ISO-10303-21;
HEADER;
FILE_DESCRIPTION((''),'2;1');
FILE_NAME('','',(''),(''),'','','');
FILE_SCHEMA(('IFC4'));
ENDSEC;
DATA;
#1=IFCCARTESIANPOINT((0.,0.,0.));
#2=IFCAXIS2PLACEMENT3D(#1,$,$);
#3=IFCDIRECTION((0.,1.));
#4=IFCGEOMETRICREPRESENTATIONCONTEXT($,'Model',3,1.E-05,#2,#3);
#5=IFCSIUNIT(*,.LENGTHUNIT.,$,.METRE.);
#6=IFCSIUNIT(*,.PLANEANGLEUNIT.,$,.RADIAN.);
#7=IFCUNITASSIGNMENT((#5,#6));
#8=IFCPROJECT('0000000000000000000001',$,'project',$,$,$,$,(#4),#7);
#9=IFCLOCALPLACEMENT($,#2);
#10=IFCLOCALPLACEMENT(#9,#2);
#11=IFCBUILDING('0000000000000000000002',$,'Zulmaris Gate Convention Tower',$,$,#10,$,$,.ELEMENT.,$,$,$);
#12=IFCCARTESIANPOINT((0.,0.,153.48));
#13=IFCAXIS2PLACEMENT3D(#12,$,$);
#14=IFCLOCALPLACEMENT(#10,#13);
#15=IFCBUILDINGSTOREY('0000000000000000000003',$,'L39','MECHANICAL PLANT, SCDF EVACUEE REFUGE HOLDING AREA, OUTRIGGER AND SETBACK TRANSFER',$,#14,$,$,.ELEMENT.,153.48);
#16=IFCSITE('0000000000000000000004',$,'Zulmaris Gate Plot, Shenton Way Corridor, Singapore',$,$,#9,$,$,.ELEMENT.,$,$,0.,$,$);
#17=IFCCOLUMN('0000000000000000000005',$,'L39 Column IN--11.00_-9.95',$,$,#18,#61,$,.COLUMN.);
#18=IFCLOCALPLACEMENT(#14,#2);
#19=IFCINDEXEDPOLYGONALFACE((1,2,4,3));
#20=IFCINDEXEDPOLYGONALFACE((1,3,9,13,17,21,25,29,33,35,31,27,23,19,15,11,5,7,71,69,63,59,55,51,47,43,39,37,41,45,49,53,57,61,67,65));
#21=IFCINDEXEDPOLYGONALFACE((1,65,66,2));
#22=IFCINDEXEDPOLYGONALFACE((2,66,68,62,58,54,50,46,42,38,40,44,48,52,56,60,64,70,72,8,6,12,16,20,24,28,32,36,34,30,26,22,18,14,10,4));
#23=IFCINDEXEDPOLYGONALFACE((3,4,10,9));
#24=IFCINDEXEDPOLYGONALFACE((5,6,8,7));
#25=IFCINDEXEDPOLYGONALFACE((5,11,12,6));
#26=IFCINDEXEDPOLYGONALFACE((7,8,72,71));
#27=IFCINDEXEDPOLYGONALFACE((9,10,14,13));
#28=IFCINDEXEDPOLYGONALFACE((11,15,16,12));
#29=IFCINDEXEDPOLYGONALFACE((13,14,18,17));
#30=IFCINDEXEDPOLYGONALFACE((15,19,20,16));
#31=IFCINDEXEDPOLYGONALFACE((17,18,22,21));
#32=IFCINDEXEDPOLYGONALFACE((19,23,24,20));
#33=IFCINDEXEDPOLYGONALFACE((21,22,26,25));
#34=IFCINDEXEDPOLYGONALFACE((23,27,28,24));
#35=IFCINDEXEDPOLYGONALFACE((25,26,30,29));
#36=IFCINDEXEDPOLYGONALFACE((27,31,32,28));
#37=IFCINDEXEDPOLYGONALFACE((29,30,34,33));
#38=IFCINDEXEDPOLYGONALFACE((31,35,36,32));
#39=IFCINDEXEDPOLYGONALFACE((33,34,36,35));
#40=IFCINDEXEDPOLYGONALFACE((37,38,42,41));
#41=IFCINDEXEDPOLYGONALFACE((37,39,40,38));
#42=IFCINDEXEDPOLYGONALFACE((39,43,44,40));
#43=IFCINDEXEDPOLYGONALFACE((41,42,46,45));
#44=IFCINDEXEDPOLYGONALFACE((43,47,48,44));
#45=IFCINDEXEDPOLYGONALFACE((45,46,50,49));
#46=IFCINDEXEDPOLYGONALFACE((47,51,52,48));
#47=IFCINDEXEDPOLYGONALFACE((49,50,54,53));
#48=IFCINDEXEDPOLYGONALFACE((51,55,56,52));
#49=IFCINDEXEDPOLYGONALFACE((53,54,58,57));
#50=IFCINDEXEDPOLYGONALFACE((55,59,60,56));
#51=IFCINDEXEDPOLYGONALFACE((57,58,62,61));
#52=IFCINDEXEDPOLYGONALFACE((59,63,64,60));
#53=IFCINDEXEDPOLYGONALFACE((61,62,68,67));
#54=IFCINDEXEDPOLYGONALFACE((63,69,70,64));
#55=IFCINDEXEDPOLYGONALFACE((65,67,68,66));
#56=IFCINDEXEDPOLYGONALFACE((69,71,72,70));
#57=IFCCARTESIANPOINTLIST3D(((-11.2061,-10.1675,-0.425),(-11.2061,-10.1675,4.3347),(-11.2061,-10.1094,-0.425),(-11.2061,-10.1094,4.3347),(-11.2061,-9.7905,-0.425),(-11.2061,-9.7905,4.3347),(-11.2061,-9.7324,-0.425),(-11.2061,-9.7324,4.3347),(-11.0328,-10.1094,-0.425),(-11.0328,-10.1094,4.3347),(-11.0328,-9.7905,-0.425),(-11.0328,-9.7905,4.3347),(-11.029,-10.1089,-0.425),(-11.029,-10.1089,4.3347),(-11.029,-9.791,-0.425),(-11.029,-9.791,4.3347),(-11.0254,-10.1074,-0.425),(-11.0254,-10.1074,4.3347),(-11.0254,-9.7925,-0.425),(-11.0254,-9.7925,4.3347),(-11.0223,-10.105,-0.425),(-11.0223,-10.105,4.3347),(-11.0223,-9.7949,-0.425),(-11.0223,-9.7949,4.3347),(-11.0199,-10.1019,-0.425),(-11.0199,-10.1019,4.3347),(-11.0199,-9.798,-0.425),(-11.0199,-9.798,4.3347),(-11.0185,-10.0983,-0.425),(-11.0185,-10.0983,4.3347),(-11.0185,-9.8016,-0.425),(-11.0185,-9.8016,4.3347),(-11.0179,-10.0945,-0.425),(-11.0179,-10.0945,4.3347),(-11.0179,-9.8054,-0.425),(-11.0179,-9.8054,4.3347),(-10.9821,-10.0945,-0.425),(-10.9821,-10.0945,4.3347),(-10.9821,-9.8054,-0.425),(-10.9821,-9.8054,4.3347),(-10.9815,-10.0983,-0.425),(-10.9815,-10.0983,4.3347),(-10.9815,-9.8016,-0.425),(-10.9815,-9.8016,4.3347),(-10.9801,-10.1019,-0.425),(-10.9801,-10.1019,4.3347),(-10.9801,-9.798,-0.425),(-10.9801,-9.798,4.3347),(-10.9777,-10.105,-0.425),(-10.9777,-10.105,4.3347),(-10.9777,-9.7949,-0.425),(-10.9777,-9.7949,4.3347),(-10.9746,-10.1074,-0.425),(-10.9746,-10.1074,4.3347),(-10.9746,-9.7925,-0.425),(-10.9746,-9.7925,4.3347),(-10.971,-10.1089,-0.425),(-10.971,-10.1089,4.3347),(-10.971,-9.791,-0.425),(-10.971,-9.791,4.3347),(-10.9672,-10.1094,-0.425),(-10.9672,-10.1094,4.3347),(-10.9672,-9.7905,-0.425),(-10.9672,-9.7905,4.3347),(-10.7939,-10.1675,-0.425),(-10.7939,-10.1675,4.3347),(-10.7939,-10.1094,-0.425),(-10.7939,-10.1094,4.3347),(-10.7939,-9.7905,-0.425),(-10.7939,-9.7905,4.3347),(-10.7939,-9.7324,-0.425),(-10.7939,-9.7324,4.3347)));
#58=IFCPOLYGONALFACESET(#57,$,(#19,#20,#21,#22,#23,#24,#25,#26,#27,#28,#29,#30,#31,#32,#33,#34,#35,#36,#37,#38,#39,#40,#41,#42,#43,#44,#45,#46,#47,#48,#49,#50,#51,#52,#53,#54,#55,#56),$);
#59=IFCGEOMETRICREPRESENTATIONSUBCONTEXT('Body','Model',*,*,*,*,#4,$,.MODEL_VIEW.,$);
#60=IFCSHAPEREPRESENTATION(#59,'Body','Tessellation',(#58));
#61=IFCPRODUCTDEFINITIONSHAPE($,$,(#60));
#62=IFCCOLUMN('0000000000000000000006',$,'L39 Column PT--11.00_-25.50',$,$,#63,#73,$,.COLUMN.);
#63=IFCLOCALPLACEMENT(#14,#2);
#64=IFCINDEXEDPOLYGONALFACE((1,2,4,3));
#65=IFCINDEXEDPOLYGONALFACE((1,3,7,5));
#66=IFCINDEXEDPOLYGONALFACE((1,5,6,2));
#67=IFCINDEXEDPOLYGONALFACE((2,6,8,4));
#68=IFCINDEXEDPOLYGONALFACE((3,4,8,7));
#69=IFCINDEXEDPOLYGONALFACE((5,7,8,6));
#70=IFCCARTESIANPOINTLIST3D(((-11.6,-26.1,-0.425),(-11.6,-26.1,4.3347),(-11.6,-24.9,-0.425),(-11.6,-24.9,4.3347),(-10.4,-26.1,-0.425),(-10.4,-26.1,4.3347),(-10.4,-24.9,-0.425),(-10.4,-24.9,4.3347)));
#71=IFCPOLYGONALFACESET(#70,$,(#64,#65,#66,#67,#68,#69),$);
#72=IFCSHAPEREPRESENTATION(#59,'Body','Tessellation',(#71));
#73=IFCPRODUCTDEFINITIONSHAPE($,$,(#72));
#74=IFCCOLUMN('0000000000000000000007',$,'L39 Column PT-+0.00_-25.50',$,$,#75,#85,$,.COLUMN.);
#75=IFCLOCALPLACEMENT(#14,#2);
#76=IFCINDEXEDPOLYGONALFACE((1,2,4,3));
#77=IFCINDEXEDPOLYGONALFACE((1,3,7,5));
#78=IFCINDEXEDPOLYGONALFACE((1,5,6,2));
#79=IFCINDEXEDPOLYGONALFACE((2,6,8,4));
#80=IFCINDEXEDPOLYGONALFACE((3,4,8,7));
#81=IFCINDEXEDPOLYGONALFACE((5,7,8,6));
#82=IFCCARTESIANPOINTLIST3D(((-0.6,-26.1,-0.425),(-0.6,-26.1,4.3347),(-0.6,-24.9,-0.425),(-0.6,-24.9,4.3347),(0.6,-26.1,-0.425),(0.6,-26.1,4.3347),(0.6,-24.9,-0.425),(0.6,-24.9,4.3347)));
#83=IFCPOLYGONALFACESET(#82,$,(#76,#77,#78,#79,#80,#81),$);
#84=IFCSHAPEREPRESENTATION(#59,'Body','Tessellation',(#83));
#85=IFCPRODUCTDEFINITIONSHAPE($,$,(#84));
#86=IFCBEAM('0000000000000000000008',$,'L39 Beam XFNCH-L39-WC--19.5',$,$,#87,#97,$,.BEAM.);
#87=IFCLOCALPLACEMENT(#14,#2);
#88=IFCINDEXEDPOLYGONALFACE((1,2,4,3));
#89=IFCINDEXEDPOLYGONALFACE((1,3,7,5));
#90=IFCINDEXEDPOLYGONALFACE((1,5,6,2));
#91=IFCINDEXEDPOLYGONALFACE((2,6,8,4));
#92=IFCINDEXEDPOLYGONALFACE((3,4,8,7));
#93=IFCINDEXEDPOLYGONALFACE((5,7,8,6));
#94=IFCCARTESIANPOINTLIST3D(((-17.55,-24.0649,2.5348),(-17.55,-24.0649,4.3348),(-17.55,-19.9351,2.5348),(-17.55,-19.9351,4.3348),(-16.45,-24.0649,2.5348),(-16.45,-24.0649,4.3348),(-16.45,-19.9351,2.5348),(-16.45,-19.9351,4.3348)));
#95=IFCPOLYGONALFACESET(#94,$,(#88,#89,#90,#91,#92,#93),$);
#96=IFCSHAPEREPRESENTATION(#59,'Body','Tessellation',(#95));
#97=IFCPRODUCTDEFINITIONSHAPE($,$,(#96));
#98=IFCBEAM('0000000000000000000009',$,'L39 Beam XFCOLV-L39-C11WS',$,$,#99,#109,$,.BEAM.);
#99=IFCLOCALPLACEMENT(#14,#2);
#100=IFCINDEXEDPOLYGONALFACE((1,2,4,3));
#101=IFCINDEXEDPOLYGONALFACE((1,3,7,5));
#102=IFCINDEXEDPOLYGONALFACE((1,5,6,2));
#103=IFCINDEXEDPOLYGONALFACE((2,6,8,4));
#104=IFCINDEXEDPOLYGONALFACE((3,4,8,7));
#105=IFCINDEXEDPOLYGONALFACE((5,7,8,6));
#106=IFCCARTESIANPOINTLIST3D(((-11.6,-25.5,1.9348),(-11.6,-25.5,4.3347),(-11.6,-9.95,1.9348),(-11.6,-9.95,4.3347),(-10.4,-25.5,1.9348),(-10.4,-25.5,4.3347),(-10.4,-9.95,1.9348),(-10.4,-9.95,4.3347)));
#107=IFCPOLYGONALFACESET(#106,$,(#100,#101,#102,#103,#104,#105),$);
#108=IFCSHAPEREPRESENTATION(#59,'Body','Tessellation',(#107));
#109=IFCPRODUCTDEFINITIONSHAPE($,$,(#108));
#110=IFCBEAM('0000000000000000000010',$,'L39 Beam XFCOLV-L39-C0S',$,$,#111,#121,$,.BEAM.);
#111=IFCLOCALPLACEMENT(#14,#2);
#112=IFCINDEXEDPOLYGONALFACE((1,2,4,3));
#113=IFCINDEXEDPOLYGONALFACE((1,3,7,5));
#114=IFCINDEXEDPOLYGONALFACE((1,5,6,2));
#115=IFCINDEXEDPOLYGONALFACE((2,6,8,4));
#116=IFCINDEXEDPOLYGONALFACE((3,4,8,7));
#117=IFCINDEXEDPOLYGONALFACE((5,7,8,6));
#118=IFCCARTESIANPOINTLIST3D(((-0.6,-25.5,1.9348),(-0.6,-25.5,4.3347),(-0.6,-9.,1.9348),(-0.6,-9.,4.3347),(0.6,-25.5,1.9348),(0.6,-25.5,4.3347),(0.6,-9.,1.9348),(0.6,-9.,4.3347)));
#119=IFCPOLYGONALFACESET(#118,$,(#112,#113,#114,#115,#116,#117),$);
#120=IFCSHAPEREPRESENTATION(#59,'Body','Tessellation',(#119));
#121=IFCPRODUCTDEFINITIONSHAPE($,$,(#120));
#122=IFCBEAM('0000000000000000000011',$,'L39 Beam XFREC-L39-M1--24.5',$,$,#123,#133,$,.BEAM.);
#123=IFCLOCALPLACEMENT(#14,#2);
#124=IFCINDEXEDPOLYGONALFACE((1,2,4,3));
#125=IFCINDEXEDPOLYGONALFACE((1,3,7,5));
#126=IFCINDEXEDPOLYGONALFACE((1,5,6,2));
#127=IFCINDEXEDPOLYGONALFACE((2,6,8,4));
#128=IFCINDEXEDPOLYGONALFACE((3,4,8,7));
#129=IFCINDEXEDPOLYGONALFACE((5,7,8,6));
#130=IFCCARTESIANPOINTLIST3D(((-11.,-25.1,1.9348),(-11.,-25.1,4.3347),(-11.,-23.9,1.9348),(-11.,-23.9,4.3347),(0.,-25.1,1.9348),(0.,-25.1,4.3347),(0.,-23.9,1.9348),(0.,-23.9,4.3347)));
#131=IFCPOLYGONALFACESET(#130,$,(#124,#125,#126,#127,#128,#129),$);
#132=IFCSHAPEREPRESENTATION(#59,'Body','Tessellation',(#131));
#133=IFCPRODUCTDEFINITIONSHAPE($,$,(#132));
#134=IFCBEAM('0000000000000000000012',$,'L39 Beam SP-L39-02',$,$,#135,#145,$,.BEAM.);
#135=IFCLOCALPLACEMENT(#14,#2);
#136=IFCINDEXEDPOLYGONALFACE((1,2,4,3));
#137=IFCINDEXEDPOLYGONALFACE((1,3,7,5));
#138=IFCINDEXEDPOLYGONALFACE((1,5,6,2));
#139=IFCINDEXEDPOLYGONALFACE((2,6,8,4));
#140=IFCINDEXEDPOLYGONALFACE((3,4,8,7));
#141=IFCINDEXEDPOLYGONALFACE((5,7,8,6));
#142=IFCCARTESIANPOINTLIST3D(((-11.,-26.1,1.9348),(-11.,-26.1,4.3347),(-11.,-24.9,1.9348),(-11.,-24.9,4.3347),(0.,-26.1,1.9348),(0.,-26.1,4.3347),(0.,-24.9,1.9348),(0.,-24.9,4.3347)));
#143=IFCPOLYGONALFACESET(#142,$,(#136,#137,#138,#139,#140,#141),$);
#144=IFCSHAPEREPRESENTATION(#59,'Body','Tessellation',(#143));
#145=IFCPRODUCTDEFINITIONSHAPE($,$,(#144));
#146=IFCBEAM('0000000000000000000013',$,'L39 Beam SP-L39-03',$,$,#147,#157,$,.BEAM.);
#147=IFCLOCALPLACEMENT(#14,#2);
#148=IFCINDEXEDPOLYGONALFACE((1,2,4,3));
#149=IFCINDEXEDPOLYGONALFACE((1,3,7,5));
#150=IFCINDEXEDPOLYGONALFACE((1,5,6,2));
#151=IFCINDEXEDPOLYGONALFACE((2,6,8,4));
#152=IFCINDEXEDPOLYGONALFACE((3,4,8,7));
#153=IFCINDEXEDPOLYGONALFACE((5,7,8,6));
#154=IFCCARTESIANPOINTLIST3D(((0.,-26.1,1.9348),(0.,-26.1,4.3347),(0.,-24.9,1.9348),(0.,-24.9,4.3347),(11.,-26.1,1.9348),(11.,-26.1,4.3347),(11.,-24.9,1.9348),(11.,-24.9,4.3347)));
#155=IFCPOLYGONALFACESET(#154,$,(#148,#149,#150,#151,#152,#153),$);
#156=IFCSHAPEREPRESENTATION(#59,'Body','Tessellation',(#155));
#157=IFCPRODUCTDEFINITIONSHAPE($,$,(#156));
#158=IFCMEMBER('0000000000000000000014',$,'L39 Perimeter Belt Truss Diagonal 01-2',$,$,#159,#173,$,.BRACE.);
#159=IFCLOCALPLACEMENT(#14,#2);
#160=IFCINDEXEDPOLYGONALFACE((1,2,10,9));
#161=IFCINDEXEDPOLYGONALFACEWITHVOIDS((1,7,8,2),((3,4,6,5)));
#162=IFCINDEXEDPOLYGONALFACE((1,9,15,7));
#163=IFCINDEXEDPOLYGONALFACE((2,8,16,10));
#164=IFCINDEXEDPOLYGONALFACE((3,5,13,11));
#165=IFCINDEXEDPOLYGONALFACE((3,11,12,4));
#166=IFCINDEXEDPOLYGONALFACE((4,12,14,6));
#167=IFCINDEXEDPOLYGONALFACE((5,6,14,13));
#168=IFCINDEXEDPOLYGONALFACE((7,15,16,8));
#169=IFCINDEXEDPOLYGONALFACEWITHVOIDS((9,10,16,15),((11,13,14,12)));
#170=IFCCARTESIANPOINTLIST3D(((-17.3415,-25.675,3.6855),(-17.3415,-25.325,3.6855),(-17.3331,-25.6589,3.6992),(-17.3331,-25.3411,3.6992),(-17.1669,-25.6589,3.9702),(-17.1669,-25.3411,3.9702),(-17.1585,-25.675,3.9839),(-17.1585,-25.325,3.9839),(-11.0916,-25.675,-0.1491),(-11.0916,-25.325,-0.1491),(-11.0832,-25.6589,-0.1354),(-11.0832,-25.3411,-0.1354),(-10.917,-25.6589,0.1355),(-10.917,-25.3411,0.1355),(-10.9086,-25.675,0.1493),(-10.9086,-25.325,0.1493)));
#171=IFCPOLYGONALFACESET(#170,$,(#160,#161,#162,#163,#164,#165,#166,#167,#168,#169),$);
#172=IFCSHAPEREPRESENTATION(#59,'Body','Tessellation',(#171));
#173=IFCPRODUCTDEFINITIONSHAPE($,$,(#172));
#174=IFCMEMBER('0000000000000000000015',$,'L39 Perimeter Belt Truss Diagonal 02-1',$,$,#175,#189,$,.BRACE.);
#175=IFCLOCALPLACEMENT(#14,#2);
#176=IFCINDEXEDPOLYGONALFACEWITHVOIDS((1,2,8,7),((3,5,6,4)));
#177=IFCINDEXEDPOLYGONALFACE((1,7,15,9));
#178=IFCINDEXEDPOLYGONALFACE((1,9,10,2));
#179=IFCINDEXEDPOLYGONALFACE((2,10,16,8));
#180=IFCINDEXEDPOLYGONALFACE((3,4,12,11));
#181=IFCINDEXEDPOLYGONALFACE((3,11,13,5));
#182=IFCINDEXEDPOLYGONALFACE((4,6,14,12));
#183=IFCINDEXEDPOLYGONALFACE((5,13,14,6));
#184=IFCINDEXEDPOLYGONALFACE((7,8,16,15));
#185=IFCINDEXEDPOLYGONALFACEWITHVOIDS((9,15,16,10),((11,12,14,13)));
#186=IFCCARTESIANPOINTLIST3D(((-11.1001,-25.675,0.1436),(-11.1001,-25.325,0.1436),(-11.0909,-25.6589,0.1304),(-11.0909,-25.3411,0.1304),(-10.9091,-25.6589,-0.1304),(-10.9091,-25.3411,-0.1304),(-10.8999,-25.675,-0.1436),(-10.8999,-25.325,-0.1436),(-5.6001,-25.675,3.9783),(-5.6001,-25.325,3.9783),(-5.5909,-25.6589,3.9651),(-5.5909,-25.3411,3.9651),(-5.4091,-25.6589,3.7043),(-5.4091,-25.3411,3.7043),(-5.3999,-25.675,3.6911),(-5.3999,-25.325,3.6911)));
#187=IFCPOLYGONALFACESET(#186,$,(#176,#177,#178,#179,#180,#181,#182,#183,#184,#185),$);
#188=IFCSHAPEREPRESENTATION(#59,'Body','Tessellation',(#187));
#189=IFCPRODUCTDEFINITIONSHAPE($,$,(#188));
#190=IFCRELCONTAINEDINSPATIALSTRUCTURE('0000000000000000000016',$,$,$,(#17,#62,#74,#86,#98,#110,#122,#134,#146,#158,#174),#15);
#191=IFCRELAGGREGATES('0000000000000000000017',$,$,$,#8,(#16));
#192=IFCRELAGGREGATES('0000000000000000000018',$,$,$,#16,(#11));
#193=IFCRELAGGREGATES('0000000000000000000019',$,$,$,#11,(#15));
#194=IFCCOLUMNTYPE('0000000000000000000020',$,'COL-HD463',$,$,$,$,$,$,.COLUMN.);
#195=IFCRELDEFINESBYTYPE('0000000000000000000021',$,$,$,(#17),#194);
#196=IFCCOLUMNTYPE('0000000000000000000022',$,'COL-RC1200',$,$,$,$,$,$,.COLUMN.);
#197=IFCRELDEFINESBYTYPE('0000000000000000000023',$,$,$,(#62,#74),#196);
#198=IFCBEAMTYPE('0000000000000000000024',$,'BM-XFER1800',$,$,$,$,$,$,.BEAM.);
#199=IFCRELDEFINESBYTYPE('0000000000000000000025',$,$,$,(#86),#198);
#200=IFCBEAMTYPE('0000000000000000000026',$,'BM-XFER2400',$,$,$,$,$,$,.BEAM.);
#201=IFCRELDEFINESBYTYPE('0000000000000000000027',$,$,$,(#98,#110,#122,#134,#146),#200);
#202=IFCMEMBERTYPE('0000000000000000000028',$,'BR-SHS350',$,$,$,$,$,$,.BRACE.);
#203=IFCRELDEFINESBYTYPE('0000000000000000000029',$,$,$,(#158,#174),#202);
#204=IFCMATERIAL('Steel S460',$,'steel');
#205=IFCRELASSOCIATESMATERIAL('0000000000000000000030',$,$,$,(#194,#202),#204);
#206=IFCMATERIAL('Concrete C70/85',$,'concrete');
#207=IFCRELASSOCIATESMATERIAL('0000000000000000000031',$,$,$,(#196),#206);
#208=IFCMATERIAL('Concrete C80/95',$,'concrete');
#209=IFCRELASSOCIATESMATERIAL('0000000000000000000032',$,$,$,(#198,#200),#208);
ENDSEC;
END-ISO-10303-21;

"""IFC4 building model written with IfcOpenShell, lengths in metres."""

from ifc_helpers import new_model, si_unit, direction, frame, origin, origin_2d, place, context, subcontext, project, spatial, rectangle, hollow_rectangle, i_section, extrude, material, material_profile, profile_set, type_object, element, save


model = new_model("IFC4")

# Units and contexts
model_context = context("Model", 3, precision=1e-05, world=origin(), true_north=direction((0.0, 1.0)))
body_context = subcontext(model_context, "Body", "Model", "MODEL_VIEW")
ifc_project = project(units=[si_unit("LENGTHUNIT", "METRE"), si_unit("PLANEANGLEUNIT", "RADIAN")], contexts=[model_context])

# Site, building, storey
site_placement = place(None, origin())
site = spatial("IfcSite", under=ifc_project, at=site_placement, Name="Zulmaris Gate Plot, Shenton Way Corridor, Singapore", CompositionType="ELEMENT", RefElevation=0.0)
building_placement = place(site_placement, origin())
building = spatial("IfcBuilding", under=site, at=building_placement, Name="Zulmaris Gate Convention Tower", CompositionType="ELEMENT")
storey_placement = place(building_placement, frame((0.0, 0.0, 153.48)))
storey = spatial("IfcBuildingStorey", under=building, at=storey_placement, Name="L39", Description="MECHANICAL PLANT, SCDF EVACUEE REFUGE HOLDING AREA, OUTRIGGER AND SETBACK TRANSFER", CompositionType="ELEMENT", Elevation=153.48)

# Columns
ifc_material_1 = material(Name="Steel S460", Category="steel")
ifc_material_profile_1 = material_profile(ifc_material_1, i_section(OverallWidth=0.4121, OverallDepth=0.4351, WebThickness=0.0359, FlangeThickness=0.0581, FilletRadius=0.0149, at=origin_2d()), Name="HD 400x463")
ifc_profile_set_1 = profile_set([ifc_material_profile_1], Name="Steel S460")
column_type_1 = type_object("IfcColumnType", Name="COL-HD463", PredefinedType="COLUMN", material=ifc_profile_set_1)
column_placement = place(storey_placement, frame((-11.0, -9.95, -0.425), z_axis=(0.0, 0.0, 1.0), x_axis=(1.0, 0.0, 0.0)))
element("IfcColumn", 1, at=column_placement, inside=storey, type_object=column_type_1, Name="L39 Column IN--11.00_-9.95", PredefinedType="COLUMN", context=body_context, shape_type="SweptSolid", body=[
    extrude(i_section(OverallWidth=0.4121, OverallDepth=0.4351, WebThickness=0.0359, FlangeThickness=0.0581, FilletRadius=0.0149, at=origin_2d()), origin(), (0.0, 0.0, 1.0), 4.7598),
])
ifc_material_2 = material(Name="Concrete C70/85", Category="concrete")
ifc_material_profile_2 = material_profile(ifc_material_2, rectangle(XDim=1.2, YDim=1.2, at=origin_2d()), Name="RC COL 1200x1200")
ifc_profile_set_2 = profile_set([ifc_material_profile_2], Name="Concrete C70/85")
column_type_2 = type_object("IfcColumnType", Name="COL-RC1200", PredefinedType="COLUMN", material=ifc_profile_set_2)
for number, where, z_axis, x_axis, name in (
    (2, (-11.0, -25.5, -0.425), (0.0, 0.0, 1.0), (1.0, 0.0, 0.0), "L39 Column PT--11.00_-25.50"),
    (3, (0.0, -25.5, -0.425), (0.0, 0.0, 1.0), (1.0, 0.0, 0.0), "L39 Column PT-+0.00_-25.50"),
):
    element("IfcColumn", number, at=place(storey_placement, frame(where, z_axis=z_axis, x_axis=x_axis)), inside=storey, type_object=column_type_2, Name=name, PredefinedType="COLUMN", context=body_context, shape_type="SweptSolid", body=[
        extrude(rectangle(XDim=1.2, YDim=1.2, at=origin_2d()), origin(), (0.0, 0.0, 1.0), 4.7598),
    ])

# Beams
ifc_material_3 = material(Name="Concrete C80/95", Category="concrete")
ifc_material_profile_3 = material_profile(ifc_material_3, rectangle(XDim=1.1001, YDim=1.8, at=origin_2d()), Name="RC TRANSFER 1100x1800")
ifc_profile_set_3 = profile_set([ifc_material_profile_3], Name="Concrete C80/95")
beam_type_1 = type_object("IfcBeamType", Name="BM-XFER1800", PredefinedType="BEAM", material=ifc_profile_set_3)
beam_1_placement = place(storey_placement, frame((-17.0, -24.0649, 3.4348), z_axis=(0.0, 1.0, 0.0), x_axis=(-1.0, 0.0, 0.0)))
element("IfcBeam", 4, at=beam_1_placement, inside=storey, type_object=beam_type_1, Name="L39 Beam XFNCH-L39-WC--19.5", PredefinedType="BEAM", context=body_context, shape_type="SweptSolid", body=[
    extrude(rectangle(XDim=1.1001, YDim=1.8, at=origin_2d()), origin(), (0.0, 0.0, 1.0), 4.1299),
])
ifc_material_profile_4 = material_profile(ifc_material_3, rectangle(XDim=1.2, YDim=2.3999, at=origin_2d()), Name="RC TRANSFER 1200x2400")
ifc_profile_set_4 = profile_set([ifc_material_profile_4], Name="Concrete C80/95")
beam_type_2 = type_object("IfcBeamType", Name="BM-XFER2400", PredefinedType="BEAM", material=ifc_profile_set_4)
beam_2_placement = place(storey_placement, frame((-11.0, -25.5, 3.1348), z_axis=(0.0, 1.0, 0.0), x_axis=(-1.0, 0.0, 0.0)))
element("IfcBeam", 5, at=beam_2_placement, inside=storey, type_object=beam_type_2, Name="L39 Beam XFCOLV-L39-C11WS", PredefinedType="BEAM", context=body_context, shape_type="SweptSolid", body=[
    extrude(rectangle(XDim=1.2, YDim=2.3999, at=origin_2d()), origin(), (0.0, 0.0, 1.0), 15.55),
])
beam_3_placement = place(storey_placement, frame((0.0, -25.5, 3.1348), z_axis=(0.0, 1.0, 0.0), x_axis=(-1.0, 0.0, 0.0)))
element("IfcBeam", 6, at=beam_3_placement, inside=storey, type_object=beam_type_2, Name="L39 Beam XFCOLV-L39-C0S", PredefinedType="BEAM", context=body_context, shape_type="SweptSolid", body=[
    extrude(rectangle(XDim=1.2, YDim=2.3999, at=origin_2d()), origin(), (0.0, 0.0, 1.0), 16.5),
])
for number, where, z_axis, x_axis, name in (
    (7, (-11.0, -24.5, 3.1348), (1.0, 0.0, 0.0), (0.0, 1.0, 0.0), "L39 Beam XFREC-L39-M1--24.5"),
    (8, (-11.0, -25.5, 3.1348), (1.0, 0.0, 0.0), (0.0, 1.0, 0.0), "L39 Beam SP-L39-02"),
    (9, (0.0, -25.5, 3.1348), (1.0, 0.0, 0.0), (0.0, 1.0, 0.0), "L39 Beam SP-L39-03"),
):
    element("IfcBeam", number, at=place(storey_placement, frame(where, z_axis=z_axis, x_axis=x_axis)), inside=storey, type_object=beam_type_2, Name=name, PredefinedType="BEAM", context=body_context, shape_type="SweptSolid", body=[
        extrude(rectangle(XDim=1.2, YDim=2.3999, at=origin_2d()), origin(), (0.0, 0.0, 1.0), 11.0),
    ])

# Members
ifc_material_profile_5 = material_profile(ifc_material_1, hollow_rectangle(XDim=0.3501, YDim=0.3501, WallThickness=0.0161, at=origin_2d()), Name="SHS 350x350x16")
ifc_profile_set_5 = profile_set([ifc_material_profile_5], Name="Steel S460")
member_type_1 = type_object("IfcMemberType", Name="BR-SHS350", PredefinedType="BRACE", material=ifc_profile_set_5)
member_1_placement = place(storey_placement, frame((-17.25, -25.5, 3.8347), z_axis=(0.852354, 0.0, -0.522966), x_axis=(0.0, 1.0, 0.0)))
element("IfcMember", 10, at=member_1_placement, inside=storey, type_object=member_type_1, Name="L39 Perimeter Belt Truss Diagonal 01-2", PredefinedType="BRACE", context=body_context, shape_type="SweptSolid", body=[
    extrude(hollow_rectangle(XDim=0.3501, YDim=0.3501, WallThickness=0.0161, at=origin_2d()), origin(), (0.0, 0.0, 1.0), 7.3325),
])
for number, where, z_axis, x_axis, name in (
    (11, (-11.0, -25.5, 0.0), (0.820301, 0.0, 0.571932), (0.0, 1.0, 0.0), "L39 Perimeter Belt Truss Diagonal 02-1"),
):
    element("IfcMember", number, at=place(storey_placement, frame(where, z_axis=z_axis, x_axis=x_axis)), inside=storey, type_object=member_type_1, Name=name, PredefinedType="BRACE", context=body_context, shape_type="SweptSolid", body=[
        extrude(hollow_rectangle(XDim=0.3501, YDim=0.3501, WallThickness=0.0161, at=origin_2d()), origin(), (0.0, 0.0, 1.0), 6.7048),
    ])

save(model, "model.ifc")
